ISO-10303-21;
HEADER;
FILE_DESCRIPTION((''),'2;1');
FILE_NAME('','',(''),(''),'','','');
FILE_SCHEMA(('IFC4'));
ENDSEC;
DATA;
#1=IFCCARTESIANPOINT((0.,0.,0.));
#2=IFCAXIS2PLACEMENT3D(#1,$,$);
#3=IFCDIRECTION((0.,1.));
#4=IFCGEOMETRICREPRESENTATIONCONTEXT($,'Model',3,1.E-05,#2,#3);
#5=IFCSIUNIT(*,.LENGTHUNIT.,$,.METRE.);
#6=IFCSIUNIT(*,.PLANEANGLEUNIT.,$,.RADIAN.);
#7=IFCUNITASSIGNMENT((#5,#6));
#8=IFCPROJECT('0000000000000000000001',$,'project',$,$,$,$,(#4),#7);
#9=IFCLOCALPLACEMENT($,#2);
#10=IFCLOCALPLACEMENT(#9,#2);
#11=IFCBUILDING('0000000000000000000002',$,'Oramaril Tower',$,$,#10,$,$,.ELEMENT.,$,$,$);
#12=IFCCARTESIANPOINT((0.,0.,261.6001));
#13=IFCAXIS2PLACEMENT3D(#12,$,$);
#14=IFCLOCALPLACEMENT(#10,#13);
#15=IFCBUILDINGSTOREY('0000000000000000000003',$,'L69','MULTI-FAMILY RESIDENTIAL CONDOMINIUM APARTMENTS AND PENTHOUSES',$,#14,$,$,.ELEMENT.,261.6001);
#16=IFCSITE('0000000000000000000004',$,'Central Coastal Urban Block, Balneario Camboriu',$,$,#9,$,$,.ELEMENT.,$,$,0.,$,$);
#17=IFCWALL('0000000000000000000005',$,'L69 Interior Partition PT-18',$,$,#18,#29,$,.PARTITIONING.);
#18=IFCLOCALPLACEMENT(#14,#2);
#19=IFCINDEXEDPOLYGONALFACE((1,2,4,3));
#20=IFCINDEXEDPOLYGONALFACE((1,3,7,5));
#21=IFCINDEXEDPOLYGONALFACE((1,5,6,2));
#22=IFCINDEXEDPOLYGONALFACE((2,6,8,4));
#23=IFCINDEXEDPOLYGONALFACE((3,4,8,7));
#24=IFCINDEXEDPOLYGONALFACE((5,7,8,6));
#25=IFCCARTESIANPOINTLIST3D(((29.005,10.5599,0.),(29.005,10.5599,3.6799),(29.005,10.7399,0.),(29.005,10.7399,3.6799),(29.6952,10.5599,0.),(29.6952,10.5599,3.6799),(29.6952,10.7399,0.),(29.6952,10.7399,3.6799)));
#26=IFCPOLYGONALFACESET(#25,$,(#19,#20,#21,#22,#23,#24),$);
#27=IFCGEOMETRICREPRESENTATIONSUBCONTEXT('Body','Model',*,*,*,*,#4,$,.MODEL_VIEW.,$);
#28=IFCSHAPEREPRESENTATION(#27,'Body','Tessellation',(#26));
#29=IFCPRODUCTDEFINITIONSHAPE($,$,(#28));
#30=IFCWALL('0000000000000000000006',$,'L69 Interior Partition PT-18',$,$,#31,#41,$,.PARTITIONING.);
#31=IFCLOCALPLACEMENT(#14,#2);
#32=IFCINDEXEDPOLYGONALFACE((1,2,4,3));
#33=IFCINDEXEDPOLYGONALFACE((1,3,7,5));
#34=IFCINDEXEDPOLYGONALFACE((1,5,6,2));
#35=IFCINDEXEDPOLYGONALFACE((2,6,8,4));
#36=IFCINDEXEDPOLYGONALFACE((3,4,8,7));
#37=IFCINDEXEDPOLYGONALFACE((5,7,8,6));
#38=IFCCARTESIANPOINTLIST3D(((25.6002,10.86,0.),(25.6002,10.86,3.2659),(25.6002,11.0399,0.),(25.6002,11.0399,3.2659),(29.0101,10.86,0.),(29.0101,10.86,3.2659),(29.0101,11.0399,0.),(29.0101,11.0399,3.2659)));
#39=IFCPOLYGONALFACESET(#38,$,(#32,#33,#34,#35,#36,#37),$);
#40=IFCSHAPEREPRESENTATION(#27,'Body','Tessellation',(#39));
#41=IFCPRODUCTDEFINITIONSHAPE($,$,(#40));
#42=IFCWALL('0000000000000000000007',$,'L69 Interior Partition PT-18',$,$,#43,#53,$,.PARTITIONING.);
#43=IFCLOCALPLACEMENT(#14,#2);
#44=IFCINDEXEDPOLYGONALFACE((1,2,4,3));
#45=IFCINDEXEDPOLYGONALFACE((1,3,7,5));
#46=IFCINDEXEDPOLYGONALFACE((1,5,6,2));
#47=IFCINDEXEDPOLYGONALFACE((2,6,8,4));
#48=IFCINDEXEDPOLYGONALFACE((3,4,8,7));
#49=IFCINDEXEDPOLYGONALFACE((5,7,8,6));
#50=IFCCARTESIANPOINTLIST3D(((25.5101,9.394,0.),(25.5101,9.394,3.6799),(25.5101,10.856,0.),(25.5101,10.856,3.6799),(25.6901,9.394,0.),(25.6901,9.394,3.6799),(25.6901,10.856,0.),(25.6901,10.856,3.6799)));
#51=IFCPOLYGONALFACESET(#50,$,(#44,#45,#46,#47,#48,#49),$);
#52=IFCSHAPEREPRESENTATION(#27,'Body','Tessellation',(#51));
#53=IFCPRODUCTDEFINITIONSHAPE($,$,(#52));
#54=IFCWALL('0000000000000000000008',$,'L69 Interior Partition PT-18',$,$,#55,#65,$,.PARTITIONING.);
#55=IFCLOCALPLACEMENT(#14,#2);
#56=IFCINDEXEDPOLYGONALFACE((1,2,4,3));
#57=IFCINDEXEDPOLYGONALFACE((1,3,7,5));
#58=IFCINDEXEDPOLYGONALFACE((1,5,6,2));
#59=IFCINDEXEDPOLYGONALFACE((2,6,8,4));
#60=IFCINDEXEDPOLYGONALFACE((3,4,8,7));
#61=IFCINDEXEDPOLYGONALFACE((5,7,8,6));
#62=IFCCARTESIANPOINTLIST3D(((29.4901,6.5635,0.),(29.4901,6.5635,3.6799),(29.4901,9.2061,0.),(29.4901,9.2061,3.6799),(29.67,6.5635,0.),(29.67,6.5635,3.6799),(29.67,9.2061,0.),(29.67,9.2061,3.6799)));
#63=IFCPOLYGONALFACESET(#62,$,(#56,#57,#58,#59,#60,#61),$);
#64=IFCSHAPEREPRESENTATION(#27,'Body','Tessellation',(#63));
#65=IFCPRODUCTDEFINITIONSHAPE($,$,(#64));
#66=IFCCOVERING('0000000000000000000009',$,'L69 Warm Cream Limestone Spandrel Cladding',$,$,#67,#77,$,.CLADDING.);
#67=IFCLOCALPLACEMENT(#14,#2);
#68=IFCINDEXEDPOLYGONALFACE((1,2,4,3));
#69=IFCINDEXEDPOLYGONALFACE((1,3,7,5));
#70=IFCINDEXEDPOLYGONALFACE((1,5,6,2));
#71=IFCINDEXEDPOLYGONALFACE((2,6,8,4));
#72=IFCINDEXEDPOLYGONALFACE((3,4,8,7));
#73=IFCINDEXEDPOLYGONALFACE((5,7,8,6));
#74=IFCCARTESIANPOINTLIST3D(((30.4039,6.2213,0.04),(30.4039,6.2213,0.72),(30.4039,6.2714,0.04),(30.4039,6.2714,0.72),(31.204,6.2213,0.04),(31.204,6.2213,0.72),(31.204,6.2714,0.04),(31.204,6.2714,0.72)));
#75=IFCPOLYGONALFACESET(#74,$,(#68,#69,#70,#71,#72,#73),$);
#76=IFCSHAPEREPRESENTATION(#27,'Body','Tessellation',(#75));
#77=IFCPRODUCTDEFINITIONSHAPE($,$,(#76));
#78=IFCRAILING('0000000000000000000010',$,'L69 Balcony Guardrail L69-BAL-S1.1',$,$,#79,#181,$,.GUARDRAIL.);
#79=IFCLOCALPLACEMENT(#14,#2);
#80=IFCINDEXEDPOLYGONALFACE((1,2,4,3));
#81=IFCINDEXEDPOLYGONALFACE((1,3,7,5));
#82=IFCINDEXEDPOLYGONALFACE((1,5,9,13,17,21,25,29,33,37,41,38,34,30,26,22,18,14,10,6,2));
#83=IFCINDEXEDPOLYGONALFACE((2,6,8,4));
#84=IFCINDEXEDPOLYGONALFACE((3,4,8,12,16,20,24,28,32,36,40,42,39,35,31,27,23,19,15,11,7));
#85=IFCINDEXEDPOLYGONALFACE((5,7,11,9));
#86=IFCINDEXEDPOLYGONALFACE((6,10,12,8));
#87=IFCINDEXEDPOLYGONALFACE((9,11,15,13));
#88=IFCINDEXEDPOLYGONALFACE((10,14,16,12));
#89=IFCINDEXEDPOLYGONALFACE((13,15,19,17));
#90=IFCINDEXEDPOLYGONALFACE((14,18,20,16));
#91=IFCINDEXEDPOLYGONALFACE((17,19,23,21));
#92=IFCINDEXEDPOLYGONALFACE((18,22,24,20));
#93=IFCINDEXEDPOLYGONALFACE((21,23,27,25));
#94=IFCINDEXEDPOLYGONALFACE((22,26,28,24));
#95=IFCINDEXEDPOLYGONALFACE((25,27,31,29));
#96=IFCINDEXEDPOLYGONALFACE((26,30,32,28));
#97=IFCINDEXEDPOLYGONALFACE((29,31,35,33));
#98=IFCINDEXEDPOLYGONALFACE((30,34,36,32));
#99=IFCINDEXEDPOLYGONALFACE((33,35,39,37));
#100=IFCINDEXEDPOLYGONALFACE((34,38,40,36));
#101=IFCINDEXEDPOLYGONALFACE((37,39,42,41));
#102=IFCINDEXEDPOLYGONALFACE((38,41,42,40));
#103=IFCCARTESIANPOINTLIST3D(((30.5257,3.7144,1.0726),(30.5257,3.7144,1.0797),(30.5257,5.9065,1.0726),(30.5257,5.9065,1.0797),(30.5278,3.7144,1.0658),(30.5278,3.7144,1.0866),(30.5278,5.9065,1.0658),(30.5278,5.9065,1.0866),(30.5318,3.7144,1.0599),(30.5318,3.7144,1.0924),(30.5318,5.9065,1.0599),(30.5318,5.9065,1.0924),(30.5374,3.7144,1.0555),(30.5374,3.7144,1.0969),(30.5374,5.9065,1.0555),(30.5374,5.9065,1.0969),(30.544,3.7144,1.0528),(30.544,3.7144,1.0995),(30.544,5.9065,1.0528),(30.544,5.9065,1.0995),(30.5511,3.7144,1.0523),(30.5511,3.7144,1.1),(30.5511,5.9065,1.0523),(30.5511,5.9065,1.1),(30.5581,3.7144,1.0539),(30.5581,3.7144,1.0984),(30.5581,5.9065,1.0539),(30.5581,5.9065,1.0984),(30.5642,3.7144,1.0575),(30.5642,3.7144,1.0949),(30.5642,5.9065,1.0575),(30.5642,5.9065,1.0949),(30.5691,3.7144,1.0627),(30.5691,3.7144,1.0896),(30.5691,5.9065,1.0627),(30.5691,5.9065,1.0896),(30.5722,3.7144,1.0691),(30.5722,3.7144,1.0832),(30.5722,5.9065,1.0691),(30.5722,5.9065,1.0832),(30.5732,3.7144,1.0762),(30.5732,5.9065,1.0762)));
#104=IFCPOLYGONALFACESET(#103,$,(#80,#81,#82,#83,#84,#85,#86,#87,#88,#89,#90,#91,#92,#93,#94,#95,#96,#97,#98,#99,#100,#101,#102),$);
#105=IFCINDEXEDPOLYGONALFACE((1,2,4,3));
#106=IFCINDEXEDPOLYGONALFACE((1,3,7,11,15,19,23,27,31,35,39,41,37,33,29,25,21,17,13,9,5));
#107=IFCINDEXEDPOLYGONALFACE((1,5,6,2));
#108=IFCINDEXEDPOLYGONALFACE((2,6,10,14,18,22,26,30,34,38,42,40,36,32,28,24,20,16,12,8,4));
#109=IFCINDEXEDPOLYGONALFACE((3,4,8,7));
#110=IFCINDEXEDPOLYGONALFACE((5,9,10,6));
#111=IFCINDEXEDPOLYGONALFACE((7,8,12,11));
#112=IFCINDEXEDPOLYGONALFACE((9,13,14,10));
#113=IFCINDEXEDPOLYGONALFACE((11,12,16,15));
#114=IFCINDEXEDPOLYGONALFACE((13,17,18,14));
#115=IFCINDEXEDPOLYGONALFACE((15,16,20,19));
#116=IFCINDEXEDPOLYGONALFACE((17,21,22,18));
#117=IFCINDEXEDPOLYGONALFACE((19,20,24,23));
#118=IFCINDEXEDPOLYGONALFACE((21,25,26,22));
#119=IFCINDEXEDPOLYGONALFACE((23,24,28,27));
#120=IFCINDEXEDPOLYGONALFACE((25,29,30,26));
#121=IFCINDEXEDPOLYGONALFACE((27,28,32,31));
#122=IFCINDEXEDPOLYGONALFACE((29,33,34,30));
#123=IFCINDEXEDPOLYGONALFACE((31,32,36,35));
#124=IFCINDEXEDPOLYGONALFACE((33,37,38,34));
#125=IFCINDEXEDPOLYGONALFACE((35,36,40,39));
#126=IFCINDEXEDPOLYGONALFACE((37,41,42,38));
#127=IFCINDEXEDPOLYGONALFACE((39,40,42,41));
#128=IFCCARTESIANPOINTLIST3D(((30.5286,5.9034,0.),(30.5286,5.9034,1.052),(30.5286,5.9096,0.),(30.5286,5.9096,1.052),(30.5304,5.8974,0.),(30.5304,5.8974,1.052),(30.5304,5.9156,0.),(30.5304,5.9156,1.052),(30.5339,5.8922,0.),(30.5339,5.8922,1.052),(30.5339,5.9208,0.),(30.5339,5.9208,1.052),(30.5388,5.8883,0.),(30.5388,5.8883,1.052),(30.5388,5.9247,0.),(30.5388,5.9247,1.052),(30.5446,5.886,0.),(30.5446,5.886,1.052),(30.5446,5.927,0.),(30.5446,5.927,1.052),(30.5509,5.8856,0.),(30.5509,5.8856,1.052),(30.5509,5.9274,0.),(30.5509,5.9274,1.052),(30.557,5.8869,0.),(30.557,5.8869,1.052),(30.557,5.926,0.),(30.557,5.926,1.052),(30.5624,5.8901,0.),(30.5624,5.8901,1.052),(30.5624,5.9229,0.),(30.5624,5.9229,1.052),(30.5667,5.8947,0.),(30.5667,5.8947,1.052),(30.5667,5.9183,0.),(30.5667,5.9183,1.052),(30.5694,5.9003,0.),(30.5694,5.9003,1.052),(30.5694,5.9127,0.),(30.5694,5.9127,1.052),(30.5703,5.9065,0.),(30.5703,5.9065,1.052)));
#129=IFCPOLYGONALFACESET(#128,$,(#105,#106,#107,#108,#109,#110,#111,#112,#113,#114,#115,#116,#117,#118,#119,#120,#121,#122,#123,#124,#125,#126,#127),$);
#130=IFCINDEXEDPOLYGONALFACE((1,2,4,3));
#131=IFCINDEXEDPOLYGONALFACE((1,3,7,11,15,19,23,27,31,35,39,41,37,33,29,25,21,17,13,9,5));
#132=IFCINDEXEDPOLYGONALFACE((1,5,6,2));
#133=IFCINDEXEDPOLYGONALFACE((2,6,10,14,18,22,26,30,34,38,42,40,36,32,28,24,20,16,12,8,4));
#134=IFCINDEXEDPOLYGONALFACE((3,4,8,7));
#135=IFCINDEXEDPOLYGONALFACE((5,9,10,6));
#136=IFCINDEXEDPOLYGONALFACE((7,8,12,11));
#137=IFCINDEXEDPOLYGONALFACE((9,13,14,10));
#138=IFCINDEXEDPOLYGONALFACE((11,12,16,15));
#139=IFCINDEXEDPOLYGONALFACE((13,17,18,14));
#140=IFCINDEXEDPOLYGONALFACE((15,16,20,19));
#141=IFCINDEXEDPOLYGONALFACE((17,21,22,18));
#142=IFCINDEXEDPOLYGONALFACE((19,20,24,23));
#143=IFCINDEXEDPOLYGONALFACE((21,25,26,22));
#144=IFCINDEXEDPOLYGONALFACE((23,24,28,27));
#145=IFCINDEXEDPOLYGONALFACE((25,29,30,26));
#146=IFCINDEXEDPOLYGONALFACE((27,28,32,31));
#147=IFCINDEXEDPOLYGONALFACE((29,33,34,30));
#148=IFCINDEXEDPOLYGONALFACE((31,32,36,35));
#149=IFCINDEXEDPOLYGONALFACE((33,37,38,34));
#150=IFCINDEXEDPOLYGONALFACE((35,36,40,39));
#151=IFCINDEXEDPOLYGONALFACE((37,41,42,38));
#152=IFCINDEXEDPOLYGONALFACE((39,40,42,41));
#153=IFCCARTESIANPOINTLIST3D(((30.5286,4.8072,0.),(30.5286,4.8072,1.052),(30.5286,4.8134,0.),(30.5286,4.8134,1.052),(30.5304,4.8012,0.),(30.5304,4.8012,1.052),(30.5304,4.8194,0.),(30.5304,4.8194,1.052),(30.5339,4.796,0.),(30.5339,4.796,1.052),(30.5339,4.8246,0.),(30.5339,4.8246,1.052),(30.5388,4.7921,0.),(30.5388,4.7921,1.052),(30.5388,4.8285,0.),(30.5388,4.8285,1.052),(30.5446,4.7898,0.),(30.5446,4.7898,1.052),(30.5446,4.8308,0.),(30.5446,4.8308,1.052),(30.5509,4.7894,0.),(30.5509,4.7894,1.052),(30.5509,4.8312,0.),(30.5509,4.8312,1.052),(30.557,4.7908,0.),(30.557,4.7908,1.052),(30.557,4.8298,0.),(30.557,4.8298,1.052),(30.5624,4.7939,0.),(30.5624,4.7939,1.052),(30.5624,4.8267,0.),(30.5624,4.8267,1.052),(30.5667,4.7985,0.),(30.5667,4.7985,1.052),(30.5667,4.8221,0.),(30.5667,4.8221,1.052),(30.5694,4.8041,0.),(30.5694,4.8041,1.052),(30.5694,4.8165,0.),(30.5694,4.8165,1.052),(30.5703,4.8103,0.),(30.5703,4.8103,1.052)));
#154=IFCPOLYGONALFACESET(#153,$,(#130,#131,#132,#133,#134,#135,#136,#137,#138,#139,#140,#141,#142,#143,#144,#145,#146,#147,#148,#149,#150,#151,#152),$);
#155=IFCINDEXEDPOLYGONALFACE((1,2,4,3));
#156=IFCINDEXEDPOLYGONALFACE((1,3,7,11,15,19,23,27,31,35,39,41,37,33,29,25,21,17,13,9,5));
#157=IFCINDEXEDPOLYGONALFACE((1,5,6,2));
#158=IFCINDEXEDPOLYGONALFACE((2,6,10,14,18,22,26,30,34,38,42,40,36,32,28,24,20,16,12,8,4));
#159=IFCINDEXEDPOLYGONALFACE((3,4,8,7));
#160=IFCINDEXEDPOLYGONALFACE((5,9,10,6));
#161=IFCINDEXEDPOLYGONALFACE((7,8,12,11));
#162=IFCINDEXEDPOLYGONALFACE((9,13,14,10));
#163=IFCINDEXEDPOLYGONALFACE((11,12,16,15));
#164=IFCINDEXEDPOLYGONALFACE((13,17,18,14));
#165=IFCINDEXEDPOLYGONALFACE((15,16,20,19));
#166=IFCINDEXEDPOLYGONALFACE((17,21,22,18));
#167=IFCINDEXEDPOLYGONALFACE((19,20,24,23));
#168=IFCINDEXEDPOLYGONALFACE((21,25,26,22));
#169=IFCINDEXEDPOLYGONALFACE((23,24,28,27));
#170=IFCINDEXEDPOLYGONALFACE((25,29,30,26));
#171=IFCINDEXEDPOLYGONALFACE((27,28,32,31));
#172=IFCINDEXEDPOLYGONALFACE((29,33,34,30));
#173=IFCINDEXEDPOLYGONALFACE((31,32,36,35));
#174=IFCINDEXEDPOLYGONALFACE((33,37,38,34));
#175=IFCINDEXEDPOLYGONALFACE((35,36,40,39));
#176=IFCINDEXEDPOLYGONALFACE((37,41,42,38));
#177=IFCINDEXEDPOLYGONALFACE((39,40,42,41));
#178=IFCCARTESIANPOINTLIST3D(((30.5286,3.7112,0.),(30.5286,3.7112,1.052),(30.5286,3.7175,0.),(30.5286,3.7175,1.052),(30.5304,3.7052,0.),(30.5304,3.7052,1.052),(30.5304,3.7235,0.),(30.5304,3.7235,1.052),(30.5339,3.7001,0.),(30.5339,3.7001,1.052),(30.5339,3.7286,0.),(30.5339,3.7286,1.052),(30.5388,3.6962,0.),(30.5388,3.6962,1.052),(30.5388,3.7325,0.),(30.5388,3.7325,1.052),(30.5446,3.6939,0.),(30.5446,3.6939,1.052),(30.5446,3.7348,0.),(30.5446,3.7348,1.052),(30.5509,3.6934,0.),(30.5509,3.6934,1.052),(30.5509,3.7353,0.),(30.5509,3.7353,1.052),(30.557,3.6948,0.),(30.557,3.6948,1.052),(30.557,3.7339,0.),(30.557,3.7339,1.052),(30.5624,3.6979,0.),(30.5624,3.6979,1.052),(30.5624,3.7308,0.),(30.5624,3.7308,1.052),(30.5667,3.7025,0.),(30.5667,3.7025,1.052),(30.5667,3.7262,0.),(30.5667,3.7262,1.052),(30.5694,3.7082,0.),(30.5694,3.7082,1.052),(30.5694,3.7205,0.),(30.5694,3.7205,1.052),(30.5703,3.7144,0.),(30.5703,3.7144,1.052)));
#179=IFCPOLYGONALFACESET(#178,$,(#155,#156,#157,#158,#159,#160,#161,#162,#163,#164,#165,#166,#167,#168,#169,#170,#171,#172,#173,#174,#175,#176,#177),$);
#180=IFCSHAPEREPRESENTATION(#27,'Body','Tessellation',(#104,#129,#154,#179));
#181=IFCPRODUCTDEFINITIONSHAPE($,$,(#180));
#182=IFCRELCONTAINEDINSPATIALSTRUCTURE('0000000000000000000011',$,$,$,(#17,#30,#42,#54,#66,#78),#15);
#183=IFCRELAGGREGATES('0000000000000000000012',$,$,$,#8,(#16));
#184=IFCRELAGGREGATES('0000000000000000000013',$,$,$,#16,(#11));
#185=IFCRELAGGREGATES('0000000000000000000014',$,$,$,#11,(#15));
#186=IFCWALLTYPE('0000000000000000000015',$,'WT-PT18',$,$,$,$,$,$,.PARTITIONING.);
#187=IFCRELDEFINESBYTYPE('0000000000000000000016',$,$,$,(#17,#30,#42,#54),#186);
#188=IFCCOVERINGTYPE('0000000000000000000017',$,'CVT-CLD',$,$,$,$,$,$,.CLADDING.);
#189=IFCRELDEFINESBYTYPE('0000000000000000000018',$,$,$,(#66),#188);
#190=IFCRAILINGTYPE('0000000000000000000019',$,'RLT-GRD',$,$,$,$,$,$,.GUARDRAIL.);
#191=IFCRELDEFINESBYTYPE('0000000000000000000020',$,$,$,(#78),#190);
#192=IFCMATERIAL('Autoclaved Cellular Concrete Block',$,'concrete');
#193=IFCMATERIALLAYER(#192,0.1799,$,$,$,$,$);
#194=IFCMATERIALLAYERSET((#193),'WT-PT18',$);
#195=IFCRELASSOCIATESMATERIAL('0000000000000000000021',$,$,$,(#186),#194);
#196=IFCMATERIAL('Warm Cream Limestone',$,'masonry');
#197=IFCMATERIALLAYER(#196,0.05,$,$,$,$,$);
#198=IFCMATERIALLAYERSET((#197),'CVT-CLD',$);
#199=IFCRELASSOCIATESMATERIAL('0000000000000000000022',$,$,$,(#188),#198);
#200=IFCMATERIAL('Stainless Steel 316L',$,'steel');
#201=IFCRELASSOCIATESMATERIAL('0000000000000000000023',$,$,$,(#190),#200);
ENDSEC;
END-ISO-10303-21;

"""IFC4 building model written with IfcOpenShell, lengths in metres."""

from ifc_helpers import new_model, si_unit, direction, frame, frame_2d, origin, origin_2d, place, context, subcontext, project, spatial, rectangle, circle, extrude, material, layer, layer_set, type_object, element, save


model = new_model("IFC4")

# Units and contexts
model_context = context("Model", 3, precision=1e-05, world=origin(), true_north=direction((0.0, 1.0)))
body_context = subcontext(model_context, "Body", "Model", "MODEL_VIEW")
ifc_project = project(units=[si_unit("LENGTHUNIT", "METRE"), si_unit("PLANEANGLEUNIT", "RADIAN")], contexts=[model_context])

# Site, building, storey
site_placement = place(None, origin())
site = spatial("IfcSite", under=ifc_project, at=site_placement, Name="Central Coastal Urban Block, Balneario Camboriu", CompositionType="ELEMENT", RefElevation=0.0)
building_placement = place(site_placement, origin())
building = spatial("IfcBuilding", under=site, at=building_placement, Name="Oramaril Tower", CompositionType="ELEMENT")
storey_placement = place(building_placement, frame((0.0, 0.0, 261.6001)))
storey = spatial("IfcBuildingStorey", under=building, at=storey_placement, Name="L69", Description="MULTI-FAMILY RESIDENTIAL CONDOMINIUM APARTMENTS AND PENTHOUSES", CompositionType="ELEMENT", Elevation=261.6001)

# Shared definitions
ifc_material_1 = material(Name="Autoclaved Cellular Concrete Block", Category="concrete")
ifc_layer_1 = layer(ifc_material_1, 0.1799)
ifc_layer_set_1 = layer_set([ifc_layer_1], Name="WT-PT18")
wall_type_1 = type_object("IfcWallType", Name="WT-PT18", PredefinedType="PARTITIONING", material=ifc_layer_set_1)

# Walls
wall_1_placement = place(storey_placement, frame((29.0049, 10.6499, 0.0), z_axis=(0.0, 0.0, 1.0), x_axis=(1.0, 0.0, 0.0)))
element("IfcWall", 1, at=wall_1_placement, inside=storey, type_object=wall_type_1, Name="L69 Interior Partition PT-18", PredefinedType="PARTITIONING", context=body_context, shape_type="SweptSolid", body=[
    extrude(rectangle(XDim=0.6902, YDim=0.1799, at=frame_2d((0.3452, 0.0))), origin(), (0.0, 0.0, 1.0), 3.6799),
])
wall_2_placement = place(storey_placement, frame((25.6001, 10.95, 0.0), z_axis=(0.0, 0.0, 1.0), x_axis=(1.0, 0.0, 0.0)))
element("IfcWall", 2, at=wall_2_placement, inside=storey, type_object=wall_type_1, Name="L69 Interior Partition PT-18", PredefinedType="PARTITIONING", context=body_context, shape_type="SweptSolid", body=[
    extrude(rectangle(XDim=3.4099, YDim=0.1799, at=frame_2d((1.7051, 0.0))), origin(), (0.0, 0.0, 1.0), 3.2659),
])
wall_3_placement = place(storey_placement, frame((25.6001, 9.394, 0.0), z_axis=(0.0, 0.0, 1.0), x_axis=(0.0, 1.0, 0.0)))
element("IfcWall", 3, at=wall_3_placement, inside=storey, type_object=wall_type_1, Name="L69 Interior Partition PT-18", PredefinedType="PARTITIONING", context=body_context, shape_type="SweptSolid", body=[
    extrude(rectangle(XDim=1.4619, YDim=0.1799, at=frame_2d((0.731, 0.0))), origin(), (0.0, 0.0, 1.0), 3.6799),
])
wall_4_placement = place(storey_placement, frame((29.5801, 6.5635, 0.0), z_axis=(0.0, 0.0, 1.0), x_axis=(0.0, 1.0, 0.0)))
element("IfcWall", 4, at=wall_4_placement, inside=storey, type_object=wall_type_1, Name="L69 Interior Partition PT-18", PredefinedType="PARTITIONING", context=body_context, shape_type="SweptSolid", body=[
    extrude(rectangle(XDim=2.6426, YDim=0.1799, at=frame_2d((1.3213, 0.0))), origin(), (0.0, 0.0, 1.0), 3.6799),
])

# Covering
ifc_material_2 = material(Name="Warm Cream Limestone", Category="masonry")
ifc_layer_2 = layer(ifc_material_2, 0.05)
ifc_layer_set_2 = layer_set([ifc_layer_2], Name="CVT-CLD")
covering_type = type_object("IfcCoveringType", Name="CVT-CLD", PredefinedType="CLADDING", material=ifc_layer_set_2)
covering_placement = place(storey_placement, frame((30.804, 6.2463, 0.04), z_axis=(0.0, 0.0, 1.0), x_axis=(1.0, 0.0, 0.0)))
element("IfcCovering", 5, at=covering_placement, inside=storey, type_object=covering_type, Name="L69 Warm Cream Limestone Spandrel Cladding", PredefinedType="CLADDING", context=body_context, shape_type="SweptSolid", body=[
    extrude(rectangle(XDim=0.8, YDim=0.05, at=origin_2d()), origin(), (0.0, 0.0, 1.0), 0.6799),
])

# Railing
ifc_material_3 = material(Name="Stainless Steel 316L", Category="steel")
railing_type = type_object("IfcRailingType", Name="RLT-GRD", PredefinedType="GUARDRAIL", material=ifc_material_3)
railing_1_placement = place(storey_placement, frame((30.5493, 5.9065, 0.0)))
element("IfcRailing", 6, at=railing_1_placement, inside=storey, type_object=railing_type, Name="L69 Balcony Guardrail L69-BAL-S1.1", PredefinedType="GUARDRAIL", context=body_context, shape_type="SweptSolid", body=[
    extrude(circle(Radius=0.0239, at=origin_2d()), frame((0.0, 0.0, 1.0762), z_axis=(0.0, -1.0, 0.0), x_axis=(1.0, 0.0, 0.0)), (0.0, 0.0, 1.0), 2.1921),
    extrude(circle(Radius=0.021, at=origin_2d()), origin(), (0.0, 0.0, 1.0), 1.052),
    extrude(circle(Radius=0.021, at=origin_2d()), frame((0.0, -1.0962, 0.0)), (0.0, 0.0, 1.0), 1.052),
    extrude(circle(Radius=0.021, at=origin_2d()), frame((0.0, -2.1921, 0.0)), (0.0, 0.0, 1.0), 1.052),
])

save(model, "model.ifc")
